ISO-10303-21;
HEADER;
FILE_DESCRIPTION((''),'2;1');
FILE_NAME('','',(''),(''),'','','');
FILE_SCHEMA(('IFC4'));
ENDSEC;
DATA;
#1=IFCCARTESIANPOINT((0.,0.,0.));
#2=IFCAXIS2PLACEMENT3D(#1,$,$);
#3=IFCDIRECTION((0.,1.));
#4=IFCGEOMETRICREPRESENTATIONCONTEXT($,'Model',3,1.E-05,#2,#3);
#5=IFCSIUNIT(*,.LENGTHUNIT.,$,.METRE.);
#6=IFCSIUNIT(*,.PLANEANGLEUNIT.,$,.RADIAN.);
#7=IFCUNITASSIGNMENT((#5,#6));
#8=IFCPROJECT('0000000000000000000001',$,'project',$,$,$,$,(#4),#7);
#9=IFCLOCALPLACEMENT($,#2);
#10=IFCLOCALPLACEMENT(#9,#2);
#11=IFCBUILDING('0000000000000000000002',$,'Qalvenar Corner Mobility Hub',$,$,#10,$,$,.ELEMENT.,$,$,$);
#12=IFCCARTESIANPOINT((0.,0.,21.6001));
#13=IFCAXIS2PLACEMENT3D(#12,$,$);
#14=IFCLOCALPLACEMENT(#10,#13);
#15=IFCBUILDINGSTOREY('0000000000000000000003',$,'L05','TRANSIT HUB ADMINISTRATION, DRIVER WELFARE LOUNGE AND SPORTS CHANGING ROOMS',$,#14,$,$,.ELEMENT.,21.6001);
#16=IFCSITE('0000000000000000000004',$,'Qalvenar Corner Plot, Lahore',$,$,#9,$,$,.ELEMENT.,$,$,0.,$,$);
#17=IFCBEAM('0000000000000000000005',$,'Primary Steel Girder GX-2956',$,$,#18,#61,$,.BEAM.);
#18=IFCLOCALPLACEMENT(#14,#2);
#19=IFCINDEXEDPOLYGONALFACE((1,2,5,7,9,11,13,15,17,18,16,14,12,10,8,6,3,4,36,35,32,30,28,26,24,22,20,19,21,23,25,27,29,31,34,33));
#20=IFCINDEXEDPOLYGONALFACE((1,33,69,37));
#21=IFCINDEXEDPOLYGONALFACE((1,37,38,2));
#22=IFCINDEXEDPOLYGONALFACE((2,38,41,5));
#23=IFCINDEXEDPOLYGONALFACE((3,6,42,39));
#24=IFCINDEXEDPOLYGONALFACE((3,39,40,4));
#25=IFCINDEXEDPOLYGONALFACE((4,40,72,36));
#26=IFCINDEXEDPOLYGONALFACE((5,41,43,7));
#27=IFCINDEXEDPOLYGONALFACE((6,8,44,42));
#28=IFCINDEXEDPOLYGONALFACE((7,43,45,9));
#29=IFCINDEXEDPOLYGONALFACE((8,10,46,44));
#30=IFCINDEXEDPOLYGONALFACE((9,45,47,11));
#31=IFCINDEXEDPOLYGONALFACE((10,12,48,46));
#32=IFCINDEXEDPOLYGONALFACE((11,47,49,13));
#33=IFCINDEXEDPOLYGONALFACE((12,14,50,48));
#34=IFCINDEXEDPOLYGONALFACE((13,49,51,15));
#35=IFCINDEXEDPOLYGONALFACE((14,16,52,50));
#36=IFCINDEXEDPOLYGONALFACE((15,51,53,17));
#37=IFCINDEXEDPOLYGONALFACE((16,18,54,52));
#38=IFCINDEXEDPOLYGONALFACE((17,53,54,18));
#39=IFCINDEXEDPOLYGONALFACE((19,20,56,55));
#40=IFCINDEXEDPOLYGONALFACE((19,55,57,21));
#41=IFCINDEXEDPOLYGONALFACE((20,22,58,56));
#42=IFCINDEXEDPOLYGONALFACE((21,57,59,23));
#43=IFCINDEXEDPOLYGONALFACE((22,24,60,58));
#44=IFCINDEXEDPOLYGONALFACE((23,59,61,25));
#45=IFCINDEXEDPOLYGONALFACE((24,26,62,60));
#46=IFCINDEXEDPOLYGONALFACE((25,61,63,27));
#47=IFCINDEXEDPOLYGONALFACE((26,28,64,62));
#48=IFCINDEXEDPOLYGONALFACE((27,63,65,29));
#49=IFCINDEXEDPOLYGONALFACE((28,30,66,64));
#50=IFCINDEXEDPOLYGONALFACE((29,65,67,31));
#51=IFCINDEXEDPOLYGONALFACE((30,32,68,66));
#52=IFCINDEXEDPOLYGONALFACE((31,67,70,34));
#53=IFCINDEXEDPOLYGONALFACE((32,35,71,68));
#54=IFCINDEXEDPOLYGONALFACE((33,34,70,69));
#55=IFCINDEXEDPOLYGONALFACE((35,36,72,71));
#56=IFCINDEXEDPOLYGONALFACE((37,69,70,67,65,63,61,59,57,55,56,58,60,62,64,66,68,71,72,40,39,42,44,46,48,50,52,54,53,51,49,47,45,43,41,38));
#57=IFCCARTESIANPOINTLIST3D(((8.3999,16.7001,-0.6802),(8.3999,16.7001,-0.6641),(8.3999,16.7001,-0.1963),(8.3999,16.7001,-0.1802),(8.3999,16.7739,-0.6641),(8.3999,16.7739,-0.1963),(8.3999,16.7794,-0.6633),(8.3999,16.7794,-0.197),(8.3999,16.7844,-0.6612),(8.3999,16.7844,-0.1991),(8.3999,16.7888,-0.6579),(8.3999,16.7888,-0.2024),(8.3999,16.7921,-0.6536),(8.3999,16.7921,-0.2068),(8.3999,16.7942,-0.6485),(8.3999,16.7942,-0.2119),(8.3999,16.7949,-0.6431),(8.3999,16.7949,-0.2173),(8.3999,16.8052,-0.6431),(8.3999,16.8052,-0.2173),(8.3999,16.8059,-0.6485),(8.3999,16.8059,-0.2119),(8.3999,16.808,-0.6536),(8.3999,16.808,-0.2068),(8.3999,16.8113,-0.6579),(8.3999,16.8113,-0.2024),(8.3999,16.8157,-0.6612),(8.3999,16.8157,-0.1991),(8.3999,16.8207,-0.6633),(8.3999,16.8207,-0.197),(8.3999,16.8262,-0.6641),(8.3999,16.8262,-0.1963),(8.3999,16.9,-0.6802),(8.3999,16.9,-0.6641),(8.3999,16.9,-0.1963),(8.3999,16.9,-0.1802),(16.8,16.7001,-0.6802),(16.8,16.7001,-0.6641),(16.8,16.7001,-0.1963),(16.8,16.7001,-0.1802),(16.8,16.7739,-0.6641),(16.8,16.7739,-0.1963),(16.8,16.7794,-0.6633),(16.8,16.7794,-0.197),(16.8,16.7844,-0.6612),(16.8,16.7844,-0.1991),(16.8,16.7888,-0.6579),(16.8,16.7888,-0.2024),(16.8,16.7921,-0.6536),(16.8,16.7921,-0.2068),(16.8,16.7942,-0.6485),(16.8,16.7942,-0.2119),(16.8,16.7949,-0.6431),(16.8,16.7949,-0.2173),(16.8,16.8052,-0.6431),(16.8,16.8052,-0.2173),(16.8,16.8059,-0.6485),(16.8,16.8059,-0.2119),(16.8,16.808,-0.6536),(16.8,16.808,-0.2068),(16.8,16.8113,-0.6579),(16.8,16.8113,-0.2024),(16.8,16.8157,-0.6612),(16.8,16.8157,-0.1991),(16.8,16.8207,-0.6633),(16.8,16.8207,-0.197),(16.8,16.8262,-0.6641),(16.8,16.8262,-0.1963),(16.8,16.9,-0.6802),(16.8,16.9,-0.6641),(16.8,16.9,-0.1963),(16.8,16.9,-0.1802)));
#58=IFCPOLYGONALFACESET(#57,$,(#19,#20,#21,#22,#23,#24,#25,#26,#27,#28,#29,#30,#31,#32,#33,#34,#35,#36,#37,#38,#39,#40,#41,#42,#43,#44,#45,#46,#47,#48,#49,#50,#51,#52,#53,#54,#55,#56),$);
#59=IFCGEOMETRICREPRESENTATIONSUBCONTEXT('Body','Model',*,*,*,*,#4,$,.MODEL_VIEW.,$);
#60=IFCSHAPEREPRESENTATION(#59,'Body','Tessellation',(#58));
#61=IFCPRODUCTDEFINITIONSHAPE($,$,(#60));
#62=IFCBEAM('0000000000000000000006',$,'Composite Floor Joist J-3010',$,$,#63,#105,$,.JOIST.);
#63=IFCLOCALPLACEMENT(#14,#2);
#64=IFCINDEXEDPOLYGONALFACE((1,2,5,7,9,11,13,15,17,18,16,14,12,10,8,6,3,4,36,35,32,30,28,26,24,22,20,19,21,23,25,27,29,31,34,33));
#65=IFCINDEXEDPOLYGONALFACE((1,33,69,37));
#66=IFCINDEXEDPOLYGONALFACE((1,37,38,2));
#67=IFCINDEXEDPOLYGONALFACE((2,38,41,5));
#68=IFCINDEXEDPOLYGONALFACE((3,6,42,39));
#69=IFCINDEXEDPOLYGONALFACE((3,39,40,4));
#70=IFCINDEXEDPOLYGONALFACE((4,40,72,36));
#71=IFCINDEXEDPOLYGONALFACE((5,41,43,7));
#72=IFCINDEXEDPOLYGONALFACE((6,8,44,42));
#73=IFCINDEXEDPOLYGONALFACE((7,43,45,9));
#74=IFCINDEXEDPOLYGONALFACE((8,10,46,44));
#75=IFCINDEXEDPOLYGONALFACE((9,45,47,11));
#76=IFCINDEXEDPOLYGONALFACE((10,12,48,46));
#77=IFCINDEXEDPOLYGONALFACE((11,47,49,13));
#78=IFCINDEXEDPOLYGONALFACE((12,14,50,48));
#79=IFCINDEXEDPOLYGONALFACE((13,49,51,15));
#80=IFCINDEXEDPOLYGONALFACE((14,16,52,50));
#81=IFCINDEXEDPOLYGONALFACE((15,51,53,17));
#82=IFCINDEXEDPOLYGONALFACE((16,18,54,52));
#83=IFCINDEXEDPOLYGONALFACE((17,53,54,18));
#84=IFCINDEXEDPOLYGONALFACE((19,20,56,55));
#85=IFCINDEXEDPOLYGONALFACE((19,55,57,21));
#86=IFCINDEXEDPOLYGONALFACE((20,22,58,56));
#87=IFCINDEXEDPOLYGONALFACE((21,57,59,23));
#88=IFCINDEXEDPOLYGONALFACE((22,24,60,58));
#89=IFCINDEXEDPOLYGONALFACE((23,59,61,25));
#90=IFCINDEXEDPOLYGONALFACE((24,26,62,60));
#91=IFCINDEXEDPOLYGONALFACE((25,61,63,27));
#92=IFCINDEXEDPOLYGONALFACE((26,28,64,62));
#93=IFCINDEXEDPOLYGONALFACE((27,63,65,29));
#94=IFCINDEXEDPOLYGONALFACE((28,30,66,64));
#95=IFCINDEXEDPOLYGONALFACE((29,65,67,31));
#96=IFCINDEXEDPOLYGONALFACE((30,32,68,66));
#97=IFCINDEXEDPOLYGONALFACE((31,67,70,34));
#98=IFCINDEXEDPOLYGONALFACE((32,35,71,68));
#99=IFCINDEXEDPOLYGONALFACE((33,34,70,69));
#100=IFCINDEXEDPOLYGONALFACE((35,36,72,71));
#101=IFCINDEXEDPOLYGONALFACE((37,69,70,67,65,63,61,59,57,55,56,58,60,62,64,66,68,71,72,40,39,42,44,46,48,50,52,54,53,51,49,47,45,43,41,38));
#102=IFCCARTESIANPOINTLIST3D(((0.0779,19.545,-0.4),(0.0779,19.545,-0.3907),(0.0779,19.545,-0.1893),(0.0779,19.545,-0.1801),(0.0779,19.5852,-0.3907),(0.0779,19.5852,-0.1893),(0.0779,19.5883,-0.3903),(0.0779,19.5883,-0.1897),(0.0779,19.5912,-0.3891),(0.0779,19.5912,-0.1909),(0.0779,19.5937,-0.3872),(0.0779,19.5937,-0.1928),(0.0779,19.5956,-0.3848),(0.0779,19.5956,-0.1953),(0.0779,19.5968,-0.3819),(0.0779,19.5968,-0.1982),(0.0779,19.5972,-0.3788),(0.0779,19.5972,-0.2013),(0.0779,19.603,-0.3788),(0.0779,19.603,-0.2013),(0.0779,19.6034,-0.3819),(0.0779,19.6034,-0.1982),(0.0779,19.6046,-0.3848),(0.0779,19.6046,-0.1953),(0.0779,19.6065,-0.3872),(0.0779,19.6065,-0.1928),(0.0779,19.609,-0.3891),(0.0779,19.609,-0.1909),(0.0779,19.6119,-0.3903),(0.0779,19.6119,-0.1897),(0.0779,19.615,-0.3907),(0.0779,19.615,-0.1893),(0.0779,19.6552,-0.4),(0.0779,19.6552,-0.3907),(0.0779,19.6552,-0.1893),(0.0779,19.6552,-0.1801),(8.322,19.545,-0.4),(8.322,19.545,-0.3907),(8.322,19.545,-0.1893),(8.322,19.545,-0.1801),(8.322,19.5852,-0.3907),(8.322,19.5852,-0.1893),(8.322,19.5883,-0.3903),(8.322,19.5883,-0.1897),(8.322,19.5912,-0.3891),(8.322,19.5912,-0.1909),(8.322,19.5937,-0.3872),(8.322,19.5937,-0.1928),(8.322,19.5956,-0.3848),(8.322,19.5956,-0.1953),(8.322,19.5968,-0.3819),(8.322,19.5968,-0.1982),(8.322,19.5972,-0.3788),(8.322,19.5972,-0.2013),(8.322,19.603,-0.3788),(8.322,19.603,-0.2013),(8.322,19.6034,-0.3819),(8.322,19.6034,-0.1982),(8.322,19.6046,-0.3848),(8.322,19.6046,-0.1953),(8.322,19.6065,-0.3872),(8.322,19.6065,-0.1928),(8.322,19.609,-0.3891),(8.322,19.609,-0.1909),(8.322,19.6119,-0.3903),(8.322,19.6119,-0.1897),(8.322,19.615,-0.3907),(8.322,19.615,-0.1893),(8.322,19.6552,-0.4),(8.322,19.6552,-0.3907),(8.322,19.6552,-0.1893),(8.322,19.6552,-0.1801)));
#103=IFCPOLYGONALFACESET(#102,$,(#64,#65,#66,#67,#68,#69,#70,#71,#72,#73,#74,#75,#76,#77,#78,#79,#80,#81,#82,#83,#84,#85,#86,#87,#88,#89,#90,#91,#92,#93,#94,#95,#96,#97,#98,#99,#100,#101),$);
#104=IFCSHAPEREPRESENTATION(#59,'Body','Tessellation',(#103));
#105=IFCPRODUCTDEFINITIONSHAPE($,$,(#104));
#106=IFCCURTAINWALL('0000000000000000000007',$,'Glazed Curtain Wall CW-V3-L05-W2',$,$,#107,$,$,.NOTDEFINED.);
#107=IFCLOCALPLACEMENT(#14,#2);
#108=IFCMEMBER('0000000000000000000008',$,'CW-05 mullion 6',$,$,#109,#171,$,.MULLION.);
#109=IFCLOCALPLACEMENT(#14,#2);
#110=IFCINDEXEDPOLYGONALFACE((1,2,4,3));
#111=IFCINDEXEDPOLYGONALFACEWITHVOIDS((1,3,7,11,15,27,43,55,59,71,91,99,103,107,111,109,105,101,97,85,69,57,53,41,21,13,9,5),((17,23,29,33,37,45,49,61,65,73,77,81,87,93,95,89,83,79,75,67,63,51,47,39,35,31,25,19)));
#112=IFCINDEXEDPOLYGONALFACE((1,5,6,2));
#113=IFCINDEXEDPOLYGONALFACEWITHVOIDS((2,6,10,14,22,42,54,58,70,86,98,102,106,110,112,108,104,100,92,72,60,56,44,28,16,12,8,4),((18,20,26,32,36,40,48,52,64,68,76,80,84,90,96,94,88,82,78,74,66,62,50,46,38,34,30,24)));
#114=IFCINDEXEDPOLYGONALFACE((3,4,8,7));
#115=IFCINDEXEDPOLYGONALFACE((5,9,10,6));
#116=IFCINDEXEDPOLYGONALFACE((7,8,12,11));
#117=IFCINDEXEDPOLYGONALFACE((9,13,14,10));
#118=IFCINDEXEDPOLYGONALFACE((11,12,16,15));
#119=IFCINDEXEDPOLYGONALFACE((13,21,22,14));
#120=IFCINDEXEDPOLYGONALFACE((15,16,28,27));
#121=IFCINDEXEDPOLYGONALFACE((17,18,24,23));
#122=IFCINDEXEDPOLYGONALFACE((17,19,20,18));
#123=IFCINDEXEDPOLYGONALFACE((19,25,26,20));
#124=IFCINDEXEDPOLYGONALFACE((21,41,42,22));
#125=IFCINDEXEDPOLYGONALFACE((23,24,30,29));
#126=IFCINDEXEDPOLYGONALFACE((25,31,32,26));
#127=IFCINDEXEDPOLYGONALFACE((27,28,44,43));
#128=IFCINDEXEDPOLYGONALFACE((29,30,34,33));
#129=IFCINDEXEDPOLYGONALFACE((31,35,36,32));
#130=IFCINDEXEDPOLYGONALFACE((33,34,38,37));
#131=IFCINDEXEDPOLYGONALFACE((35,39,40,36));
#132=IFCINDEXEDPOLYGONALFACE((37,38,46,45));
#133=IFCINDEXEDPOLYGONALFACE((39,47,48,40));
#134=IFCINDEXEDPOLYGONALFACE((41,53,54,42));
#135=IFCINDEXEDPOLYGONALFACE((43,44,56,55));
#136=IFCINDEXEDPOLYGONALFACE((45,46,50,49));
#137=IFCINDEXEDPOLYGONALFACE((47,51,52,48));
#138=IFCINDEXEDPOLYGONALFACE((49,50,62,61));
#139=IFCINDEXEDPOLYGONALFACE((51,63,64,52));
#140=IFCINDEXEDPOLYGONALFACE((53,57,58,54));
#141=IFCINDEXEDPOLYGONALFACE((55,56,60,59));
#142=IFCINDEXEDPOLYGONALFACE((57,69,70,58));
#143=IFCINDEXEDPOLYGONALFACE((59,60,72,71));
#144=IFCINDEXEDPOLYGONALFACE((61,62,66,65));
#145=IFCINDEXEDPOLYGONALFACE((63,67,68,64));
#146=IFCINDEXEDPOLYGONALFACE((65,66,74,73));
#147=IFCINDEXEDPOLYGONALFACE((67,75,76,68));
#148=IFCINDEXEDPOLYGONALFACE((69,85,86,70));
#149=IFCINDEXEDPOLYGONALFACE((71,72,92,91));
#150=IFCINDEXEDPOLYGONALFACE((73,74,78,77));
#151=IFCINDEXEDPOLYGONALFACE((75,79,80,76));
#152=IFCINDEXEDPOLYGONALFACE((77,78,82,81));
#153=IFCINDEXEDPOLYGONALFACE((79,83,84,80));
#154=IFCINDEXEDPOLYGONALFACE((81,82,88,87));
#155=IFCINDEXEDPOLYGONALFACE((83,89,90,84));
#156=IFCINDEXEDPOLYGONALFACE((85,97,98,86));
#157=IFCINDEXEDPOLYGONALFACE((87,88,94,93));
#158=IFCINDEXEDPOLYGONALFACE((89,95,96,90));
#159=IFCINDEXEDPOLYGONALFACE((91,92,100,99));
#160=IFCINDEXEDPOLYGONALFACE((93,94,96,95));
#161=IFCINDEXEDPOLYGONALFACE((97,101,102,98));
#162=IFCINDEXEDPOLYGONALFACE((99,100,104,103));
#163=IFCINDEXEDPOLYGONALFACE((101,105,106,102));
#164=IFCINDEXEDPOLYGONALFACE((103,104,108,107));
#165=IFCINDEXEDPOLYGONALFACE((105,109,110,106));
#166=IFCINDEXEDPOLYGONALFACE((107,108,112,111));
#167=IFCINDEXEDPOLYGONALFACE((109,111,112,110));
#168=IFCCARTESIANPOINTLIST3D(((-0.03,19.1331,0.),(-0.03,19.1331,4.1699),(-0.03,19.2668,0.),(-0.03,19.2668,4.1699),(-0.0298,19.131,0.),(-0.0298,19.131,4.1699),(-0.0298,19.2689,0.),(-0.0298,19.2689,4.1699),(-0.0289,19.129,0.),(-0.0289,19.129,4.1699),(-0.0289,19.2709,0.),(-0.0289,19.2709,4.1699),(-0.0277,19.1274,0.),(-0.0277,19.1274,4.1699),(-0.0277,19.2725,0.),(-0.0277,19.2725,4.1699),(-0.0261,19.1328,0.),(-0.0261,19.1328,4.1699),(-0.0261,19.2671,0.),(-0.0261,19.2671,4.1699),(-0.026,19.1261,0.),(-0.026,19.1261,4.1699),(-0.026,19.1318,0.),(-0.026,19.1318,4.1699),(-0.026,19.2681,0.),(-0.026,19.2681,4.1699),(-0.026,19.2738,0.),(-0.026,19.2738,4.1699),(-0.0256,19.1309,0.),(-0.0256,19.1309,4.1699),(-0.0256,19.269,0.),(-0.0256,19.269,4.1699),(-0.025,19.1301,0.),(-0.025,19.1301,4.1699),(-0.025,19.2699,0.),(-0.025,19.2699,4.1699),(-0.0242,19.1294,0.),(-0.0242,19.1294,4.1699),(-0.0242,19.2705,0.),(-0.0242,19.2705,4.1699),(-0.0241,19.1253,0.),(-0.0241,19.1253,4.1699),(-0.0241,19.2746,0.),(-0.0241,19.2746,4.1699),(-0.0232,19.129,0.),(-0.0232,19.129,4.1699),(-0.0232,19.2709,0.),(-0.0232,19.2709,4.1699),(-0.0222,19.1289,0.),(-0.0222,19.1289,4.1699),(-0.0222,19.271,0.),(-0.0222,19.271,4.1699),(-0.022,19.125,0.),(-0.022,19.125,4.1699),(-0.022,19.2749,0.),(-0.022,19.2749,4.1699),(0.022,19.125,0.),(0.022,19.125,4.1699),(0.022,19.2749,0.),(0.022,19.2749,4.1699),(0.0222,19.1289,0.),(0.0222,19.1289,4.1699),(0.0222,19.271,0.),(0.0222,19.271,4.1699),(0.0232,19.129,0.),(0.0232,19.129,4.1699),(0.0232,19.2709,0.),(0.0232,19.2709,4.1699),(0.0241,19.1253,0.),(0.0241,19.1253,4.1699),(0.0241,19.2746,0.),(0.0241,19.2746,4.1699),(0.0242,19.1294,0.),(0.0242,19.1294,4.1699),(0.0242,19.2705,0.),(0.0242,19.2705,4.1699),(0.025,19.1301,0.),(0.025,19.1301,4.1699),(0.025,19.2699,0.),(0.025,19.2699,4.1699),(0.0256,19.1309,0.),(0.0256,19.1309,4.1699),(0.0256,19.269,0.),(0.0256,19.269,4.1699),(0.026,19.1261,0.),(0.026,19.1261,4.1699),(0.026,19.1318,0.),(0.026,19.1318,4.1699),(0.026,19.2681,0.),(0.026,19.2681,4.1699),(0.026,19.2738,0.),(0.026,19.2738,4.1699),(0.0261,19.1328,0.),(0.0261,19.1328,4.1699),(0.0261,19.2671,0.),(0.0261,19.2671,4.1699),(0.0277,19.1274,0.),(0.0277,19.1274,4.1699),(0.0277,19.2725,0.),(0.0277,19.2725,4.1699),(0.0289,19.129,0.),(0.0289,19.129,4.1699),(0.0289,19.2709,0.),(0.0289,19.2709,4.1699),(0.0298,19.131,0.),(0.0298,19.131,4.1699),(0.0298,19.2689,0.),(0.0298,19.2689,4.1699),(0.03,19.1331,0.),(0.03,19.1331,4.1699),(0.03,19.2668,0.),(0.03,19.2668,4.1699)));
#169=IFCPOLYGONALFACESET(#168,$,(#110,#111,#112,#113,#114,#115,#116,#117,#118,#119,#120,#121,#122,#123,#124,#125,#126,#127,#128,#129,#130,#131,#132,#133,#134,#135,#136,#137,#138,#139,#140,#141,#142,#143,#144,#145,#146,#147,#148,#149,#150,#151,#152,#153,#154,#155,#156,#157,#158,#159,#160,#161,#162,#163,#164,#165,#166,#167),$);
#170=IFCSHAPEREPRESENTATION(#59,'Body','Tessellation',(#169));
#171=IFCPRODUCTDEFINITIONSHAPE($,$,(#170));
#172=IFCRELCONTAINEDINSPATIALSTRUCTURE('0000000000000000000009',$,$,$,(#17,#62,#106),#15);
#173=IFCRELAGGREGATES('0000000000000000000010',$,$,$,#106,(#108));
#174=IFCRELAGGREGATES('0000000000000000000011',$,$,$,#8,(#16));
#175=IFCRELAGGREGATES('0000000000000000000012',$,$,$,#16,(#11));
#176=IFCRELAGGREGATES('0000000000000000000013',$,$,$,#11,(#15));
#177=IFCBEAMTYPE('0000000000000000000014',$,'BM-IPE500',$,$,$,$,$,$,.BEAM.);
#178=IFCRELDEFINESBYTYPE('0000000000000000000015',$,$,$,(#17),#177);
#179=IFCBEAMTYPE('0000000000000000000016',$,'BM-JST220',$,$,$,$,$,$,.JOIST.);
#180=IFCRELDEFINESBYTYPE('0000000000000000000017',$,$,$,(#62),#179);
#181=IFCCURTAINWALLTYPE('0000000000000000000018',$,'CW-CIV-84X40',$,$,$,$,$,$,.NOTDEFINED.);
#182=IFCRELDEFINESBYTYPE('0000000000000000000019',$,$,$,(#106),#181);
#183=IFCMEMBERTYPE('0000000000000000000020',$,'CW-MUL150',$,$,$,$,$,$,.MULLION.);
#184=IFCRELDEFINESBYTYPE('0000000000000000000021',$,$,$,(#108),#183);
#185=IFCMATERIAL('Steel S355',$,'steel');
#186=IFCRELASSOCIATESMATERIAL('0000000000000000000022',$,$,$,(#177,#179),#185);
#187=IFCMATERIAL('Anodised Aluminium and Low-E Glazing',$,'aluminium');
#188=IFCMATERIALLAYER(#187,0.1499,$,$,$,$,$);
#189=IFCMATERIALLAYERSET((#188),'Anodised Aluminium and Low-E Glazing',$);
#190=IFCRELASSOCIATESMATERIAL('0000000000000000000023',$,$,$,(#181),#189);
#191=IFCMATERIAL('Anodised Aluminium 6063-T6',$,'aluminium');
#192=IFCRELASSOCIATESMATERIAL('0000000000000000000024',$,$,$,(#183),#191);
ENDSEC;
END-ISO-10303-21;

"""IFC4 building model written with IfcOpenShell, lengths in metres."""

from ifc_helpers import new_model, si_unit, direction, frame, origin, origin_2d, place, context, subcontext, project, spatial, hollow_rectangle, i_section, extrude, material, layer, layer_set, material_profile, profile_set, type_object, element, aggregate, save


model = new_model("IFC4")

# Units and contexts
model_context = context("Model", 3, precision=1e-05, world=origin(), true_north=direction((0.0, 1.0)))
body_context = subcontext(model_context, "Body", "Model", "MODEL_VIEW")
ifc_project = project(units=[si_unit("LENGTHUNIT", "METRE"), si_unit("PLANEANGLEUNIT", "RADIAN")], contexts=[model_context])

# Site, building, storey
site_placement = place(None, origin())
site = spatial("IfcSite", under=ifc_project, at=site_placement, Name="Qalvenar Corner Plot, Lahore", CompositionType="ELEMENT", RefElevation=0.0)
building_placement = place(site_placement, origin())
building = spatial("IfcBuilding", under=site, at=building_placement, Name="Qalvenar Corner Mobility Hub", CompositionType="ELEMENT")
storey_placement = place(building_placement, frame((0.0, 0.0, 21.6001)))
storey = spatial("IfcBuildingStorey", under=building, at=storey_placement, Name="L05", Description="TRANSIT HUB ADMINISTRATION, DRIVER WELFARE LOUNGE AND SPORTS CHANGING ROOMS", CompositionType="ELEMENT", Elevation=21.6001)

# Beams
ifc_material_1 = material(Name="Steel S355", Category="steel")
ifc_material_profile_1 = material_profile(ifc_material_1, i_section(OverallWidth=0.2, OverallDepth=0.5, WebThickness=0.0103, FlangeThickness=0.0161, FilletRadius=0.021, at=origin_2d()), Name="IPE500")
ifc_profile_set_1 = profile_set([ifc_material_profile_1], Name="Steel S355")
beam_type_1 = type_object("IfcBeamType", Name="BM-IPE500", PredefinedType="BEAM", material=ifc_profile_set_1)
beam_1_placement = place(storey_placement, frame((8.3999, 16.8, -0.4302), z_axis=(1.0, 0.0, 0.0), x_axis=(0.0, 1.0, 0.0)))
element("IfcBeam", 1, at=beam_1_placement, inside=storey, type_object=beam_type_1, Name="Primary Steel Girder GX-2956", PredefinedType="BEAM", context=body_context, shape_type="SweptSolid", body=[
    extrude(i_section(OverallWidth=0.2, OverallDepth=0.5, WebThickness=0.0103, FlangeThickness=0.0161, FilletRadius=0.021, at=origin_2d()), origin(), (0.0, 0.0, 1.0), 8.4001),
])
ifc_material_profile_2 = material_profile(ifc_material_1, i_section(OverallWidth=0.1101, OverallDepth=0.22, WebThickness=0.0059, FlangeThickness=0.0093, FilletRadius=0.012, at=origin_2d()), Name="IPE220")
ifc_profile_set_2 = profile_set([ifc_material_profile_2], Name="Steel S355")
beam_type_2 = type_object("IfcBeamType", Name="BM-JST220", PredefinedType="JOIST", material=ifc_profile_set_2)
beam_2_placement = place(storey_placement, frame((0.0779, 19.6001, -0.29), z_axis=(1.0, 0.0, 0.0), x_axis=(0.0, 1.0, 0.0)))
element("IfcBeam", 2, at=beam_2_placement, inside=storey, type_object=beam_type_2, Name="Composite Floor Joist J-3010", PredefinedType="JOIST", context=body_context, shape_type="SweptSolid", body=[
    extrude(i_section(OverallWidth=0.1101, OverallDepth=0.22, WebThickness=0.0059, FlangeThickness=0.0093, FilletRadius=0.012, at=origin_2d()), origin(), (0.0, 0.0, 1.0), 8.2441),
])

# Curtain wall, member
ifc_material_2 = material(Name="Anodised Aluminium and Low-E Glazing", Category="aluminium")
ifc_layer_1 = layer(ifc_material_2, 0.1499)
ifc_layer_set_1 = layer_set([ifc_layer_1], Name="Anodised Aluminium and Low-E Glazing")
curtain_wall_type = type_object("IfcCurtainWallType", Name="CW-CIV-84X40", PredefinedType="NOTDEFINED", material=ifc_layer_set_1)
curtain_wall_placement = place(storey_placement, origin())
curtain_wall = element("IfcCurtainWall", 3, at=curtain_wall_placement, inside=storey, type_object=curtain_wall_type, Name="Glazed Curtain Wall CW-V3-L05-W2", PredefinedType="NOTDEFINED")
ifc_material_3 = material(Name="Anodised Aluminium 6063-T6", Category="aluminium")
ifc_material_profile_3 = material_profile(ifc_material_3, hollow_rectangle(XDim=0.0601, YDim=0.1499, WallThickness=0.0039, InnerFilletRadius=0.0039, OuterFilletRadius=0.0081, at=origin_2d()), Name="RHS150x60x4")
ifc_profile_set_3 = profile_set([ifc_material_profile_3], Name="Anodised Aluminium 6063-T6")
member_type_1 = type_object("IfcMemberType", Name="CW-MUL150", PredefinedType="MULLION", material=ifc_profile_set_3)
member_1_placement = place(storey_placement, frame((0.0, 19.2, 0.0), z_axis=(0.0, 0.0, 1.0), x_axis=(1.0, 0.0, 0.0)))
member_1 = element("IfcMember", 4, at=member_1_placement, type_object=member_type_1, Name="CW-05 mullion 6", PredefinedType="MULLION", context=body_context, shape_type="SweptSolid", body=[
    extrude(hollow_rectangle(XDim=0.0601, YDim=0.1499, WallThickness=0.0039, InnerFilletRadius=0.0039, OuterFilletRadius=0.0081, at=origin_2d()), origin(), (0.0, 0.0, 1.0), 4.1699),
])
aggregate(curtain_wall, [member_1])

save(model, "model.ifc")
